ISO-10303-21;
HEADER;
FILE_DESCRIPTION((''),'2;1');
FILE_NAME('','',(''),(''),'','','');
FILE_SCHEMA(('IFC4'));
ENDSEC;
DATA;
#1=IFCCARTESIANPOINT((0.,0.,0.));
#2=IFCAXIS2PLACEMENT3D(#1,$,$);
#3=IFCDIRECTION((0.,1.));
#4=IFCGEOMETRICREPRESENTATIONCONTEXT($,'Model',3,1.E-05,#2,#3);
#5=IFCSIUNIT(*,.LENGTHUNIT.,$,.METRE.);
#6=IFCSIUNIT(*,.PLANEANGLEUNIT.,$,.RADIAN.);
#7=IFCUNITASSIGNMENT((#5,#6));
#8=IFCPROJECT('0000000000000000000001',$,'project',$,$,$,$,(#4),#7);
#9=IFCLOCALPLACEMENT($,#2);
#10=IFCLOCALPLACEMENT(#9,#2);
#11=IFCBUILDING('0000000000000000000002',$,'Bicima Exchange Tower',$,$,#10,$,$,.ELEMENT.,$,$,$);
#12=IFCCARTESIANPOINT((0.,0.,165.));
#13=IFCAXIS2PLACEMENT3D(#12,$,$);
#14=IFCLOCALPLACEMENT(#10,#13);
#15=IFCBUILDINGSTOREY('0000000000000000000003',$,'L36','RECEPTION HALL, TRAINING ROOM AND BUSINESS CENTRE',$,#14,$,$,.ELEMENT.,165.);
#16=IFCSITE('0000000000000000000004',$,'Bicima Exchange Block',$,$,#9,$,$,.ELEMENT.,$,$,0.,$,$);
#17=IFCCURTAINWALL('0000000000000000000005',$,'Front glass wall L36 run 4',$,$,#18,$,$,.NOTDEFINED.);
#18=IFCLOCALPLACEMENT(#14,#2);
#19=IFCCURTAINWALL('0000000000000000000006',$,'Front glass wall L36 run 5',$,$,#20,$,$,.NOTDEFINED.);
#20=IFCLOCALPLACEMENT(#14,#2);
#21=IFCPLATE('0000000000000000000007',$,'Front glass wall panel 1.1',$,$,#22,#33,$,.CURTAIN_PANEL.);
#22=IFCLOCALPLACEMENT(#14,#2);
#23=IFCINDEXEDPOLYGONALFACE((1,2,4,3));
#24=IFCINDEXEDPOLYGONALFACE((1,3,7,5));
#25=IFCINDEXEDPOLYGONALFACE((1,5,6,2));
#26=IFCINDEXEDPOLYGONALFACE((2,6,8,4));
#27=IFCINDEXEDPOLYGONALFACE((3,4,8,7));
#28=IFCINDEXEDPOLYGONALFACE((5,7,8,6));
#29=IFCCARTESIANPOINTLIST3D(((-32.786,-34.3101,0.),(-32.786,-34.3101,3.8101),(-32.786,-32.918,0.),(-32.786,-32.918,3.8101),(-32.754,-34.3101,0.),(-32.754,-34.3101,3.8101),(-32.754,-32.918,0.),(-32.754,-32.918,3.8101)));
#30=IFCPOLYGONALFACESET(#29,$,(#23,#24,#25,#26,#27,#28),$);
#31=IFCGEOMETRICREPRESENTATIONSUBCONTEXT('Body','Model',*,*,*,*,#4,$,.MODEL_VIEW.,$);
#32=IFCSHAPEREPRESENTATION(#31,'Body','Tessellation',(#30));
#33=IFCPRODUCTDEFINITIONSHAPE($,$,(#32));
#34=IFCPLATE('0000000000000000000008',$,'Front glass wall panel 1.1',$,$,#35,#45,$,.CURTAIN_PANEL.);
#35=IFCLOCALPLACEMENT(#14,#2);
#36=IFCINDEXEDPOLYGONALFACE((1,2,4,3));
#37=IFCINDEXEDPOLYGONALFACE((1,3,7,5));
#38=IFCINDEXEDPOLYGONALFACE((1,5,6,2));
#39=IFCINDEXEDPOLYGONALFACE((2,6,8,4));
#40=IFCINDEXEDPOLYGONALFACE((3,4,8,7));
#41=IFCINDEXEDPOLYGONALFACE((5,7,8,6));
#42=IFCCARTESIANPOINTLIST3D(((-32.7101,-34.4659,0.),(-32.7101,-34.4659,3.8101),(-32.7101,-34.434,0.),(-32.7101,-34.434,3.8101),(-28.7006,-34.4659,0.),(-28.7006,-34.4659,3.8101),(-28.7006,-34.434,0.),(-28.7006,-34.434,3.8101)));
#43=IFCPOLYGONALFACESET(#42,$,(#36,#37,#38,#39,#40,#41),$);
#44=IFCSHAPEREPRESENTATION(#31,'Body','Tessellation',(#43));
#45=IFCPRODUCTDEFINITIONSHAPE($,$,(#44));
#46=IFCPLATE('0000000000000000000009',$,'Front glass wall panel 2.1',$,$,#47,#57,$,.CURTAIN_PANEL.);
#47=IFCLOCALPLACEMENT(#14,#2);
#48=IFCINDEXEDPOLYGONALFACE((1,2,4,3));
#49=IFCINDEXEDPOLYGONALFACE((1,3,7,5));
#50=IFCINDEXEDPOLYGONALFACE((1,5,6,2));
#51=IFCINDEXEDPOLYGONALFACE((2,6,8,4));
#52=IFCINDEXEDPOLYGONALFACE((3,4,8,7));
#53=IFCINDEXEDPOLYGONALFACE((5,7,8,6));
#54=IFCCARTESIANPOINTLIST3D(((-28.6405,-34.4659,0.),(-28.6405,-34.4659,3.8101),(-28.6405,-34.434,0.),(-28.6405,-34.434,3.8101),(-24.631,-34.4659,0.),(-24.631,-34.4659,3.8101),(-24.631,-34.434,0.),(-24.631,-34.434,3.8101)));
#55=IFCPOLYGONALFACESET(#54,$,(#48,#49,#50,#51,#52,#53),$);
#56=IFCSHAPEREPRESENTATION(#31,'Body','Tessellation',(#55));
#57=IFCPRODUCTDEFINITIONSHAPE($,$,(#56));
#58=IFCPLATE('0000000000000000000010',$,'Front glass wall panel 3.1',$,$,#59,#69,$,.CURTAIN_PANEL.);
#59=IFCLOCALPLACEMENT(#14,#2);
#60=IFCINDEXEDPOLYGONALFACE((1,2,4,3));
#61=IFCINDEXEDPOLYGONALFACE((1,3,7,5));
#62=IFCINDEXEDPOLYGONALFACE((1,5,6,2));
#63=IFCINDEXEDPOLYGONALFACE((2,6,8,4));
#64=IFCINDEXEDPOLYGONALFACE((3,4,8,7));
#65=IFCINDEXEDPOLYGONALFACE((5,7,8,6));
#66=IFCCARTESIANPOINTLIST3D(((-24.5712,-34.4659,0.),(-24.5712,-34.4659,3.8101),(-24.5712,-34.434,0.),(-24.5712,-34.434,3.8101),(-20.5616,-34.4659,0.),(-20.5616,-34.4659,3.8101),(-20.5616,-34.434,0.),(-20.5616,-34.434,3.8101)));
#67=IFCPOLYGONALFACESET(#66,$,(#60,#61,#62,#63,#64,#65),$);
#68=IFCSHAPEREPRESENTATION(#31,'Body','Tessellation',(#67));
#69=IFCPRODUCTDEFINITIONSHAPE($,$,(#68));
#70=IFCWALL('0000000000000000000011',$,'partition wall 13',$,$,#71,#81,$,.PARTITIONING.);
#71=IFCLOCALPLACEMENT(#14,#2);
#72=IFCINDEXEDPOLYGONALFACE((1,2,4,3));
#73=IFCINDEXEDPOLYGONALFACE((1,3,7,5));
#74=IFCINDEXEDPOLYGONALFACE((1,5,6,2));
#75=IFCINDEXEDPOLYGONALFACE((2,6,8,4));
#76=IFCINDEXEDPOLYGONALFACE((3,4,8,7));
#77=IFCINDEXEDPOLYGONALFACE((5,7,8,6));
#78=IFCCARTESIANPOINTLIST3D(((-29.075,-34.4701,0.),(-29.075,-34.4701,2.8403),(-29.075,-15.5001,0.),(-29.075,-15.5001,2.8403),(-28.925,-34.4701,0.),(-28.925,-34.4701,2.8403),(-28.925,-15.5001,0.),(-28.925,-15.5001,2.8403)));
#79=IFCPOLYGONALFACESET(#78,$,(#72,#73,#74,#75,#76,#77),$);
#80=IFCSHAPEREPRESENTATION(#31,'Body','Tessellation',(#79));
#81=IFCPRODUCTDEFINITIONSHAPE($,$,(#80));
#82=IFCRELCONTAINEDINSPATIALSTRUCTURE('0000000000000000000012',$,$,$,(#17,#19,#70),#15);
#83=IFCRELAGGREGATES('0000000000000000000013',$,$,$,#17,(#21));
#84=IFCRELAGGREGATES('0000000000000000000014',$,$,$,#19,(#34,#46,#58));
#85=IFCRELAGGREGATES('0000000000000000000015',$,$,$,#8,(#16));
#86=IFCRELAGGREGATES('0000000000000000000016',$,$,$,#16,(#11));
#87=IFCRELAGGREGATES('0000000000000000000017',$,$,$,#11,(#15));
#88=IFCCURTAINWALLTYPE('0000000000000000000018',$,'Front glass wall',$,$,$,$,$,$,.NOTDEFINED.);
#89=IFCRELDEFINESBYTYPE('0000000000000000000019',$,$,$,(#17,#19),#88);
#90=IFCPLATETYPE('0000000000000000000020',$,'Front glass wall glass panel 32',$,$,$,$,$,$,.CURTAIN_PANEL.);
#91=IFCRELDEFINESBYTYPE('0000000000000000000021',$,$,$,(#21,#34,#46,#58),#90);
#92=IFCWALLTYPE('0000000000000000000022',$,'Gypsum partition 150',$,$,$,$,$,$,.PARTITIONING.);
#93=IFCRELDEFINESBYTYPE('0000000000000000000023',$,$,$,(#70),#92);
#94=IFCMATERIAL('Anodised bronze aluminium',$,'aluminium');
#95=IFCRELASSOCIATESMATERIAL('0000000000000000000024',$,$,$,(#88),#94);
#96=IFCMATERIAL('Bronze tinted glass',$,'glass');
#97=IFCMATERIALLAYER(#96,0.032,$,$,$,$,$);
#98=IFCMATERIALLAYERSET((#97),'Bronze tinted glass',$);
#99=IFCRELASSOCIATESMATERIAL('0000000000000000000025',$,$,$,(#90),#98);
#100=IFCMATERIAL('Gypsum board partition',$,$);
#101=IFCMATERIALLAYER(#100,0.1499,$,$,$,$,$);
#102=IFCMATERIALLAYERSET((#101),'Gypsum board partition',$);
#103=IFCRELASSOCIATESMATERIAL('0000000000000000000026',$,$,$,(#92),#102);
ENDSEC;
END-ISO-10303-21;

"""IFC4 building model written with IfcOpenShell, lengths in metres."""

from ifc_helpers import new_model, si_unit, direction, frame, frame_2d, origin, origin_2d, place, context, subcontext, project, spatial, rectangle, extrude, material, layer, layer_set, type_object, element, aggregate, save


model = new_model("IFC4")

# Units and contexts
model_context = context("Model", 3, precision=1e-05, world=origin(), true_north=direction((0.0, 1.0)))
body_context = subcontext(model_context, "Body", "Model", "MODEL_VIEW")
ifc_project = project(units=[si_unit("LENGTHUNIT", "METRE"), si_unit("PLANEANGLEUNIT", "RADIAN")], contexts=[model_context])

# Site, building, storey
site_placement = place(None, origin())
site = spatial("IfcSite", under=ifc_project, at=site_placement, Name="Bicima Exchange Block", CompositionType="ELEMENT", RefElevation=0.0)
building_placement = place(site_placement, origin())
building = spatial("IfcBuilding", under=site, at=building_placement, Name="Bicima Exchange Tower", CompositionType="ELEMENT")
storey_placement = place(building_placement, frame((0.0, 0.0, 165.0)))
storey = spatial("IfcBuildingStorey", under=building, at=storey_placement, Name="L36", Description="RECEPTION HALL, TRAINING ROOM AND BUSINESS CENTRE", CompositionType="ELEMENT", Elevation=165.0)

# Curtain walls
ifc_material_1 = material(Name="Anodised bronze aluminium", Category="aluminium")
curtain_wall_type = type_object("IfcCurtainWallType", Name="Front glass wall", PredefinedType="NOTDEFINED", material=ifc_material_1)
curtain_wall_1_placement = place(storey_placement, origin())
curtain_wall_1 = element("IfcCurtainWall", 1, at=curtain_wall_1_placement, inside=storey, type_object=curtain_wall_type, Name="Front glass wall L36 run 4", PredefinedType="NOTDEFINED")
curtain_wall_2_placement = place(storey_placement, origin())
curtain_wall_2 = element("IfcCurtainWall", 2, at=curtain_wall_2_placement, inside=storey, type_object=curtain_wall_type, Name="Front glass wall L36 run 5", PredefinedType="NOTDEFINED")

# Plates
ifc_material_2 = material(Name="Bronze tinted glass", Category="glass")
ifc_layer_1 = layer(ifc_material_2, 0.032)
ifc_layer_set_1 = layer_set([ifc_layer_1], Name="Bronze tinted glass")
plate_type = type_object("IfcPlateType", Name="Front glass wall glass panel 32", PredefinedType="CURTAIN_PANEL", material=ifc_layer_set_1)
plate_1_placement = place(storey_placement, frame((-32.77, -33.614, 0.0), z_axis=(0.0, 0.0, 1.0), x_axis=(0.0, -1.0, 0.0)))
plate_1 = element("IfcPlate", 3, at=plate_1_placement, type_object=plate_type, Name="Front glass wall panel 1.1", PredefinedType="CURTAIN_PANEL", context=body_context, shape_type="SweptSolid", body=[
    extrude(rectangle(XDim=1.3921, YDim=0.032, at=origin_2d()), origin(), (0.0, 0.0, 1.0), 3.8101),
])
aggregate(curtain_wall_1, [plate_1])
plate_2_placement = place(storey_placement, frame((-30.7053, -34.45, 0.0), z_axis=(0.0, 0.0, 1.0), x_axis=(1.0, 0.0, 0.0)))
plate_2 = element("IfcPlate", 4, at=plate_2_placement, type_object=plate_type, Name="Front glass wall panel 1.1", PredefinedType="CURTAIN_PANEL", context=body_context, shape_type="SweptSolid", body=[
    extrude(rectangle(XDim=4.0095, YDim=0.032, at=origin_2d()), origin(), (0.0, 0.0, 1.0), 3.8101),
])
plate_3_placement = place(storey_placement, frame((-26.6357, -34.45, 0.0), z_axis=(0.0, 0.0, 1.0), x_axis=(1.0, 0.0, 0.0)))
plate_3 = element("IfcPlate", 5, at=plate_3_placement, type_object=plate_type, Name="Front glass wall panel 2.1", PredefinedType="CURTAIN_PANEL", context=body_context, shape_type="SweptSolid", body=[
    extrude(rectangle(XDim=4.0095, YDim=0.032, at=origin_2d()), origin(), (0.0, 0.0, 1.0), 3.8101),
])
plate_4_placement = place(storey_placement, frame((-22.5664, -34.45, 0.0), z_axis=(0.0, 0.0, 1.0), x_axis=(1.0, 0.0, 0.0)))
plate_4 = element("IfcPlate", 6, at=plate_4_placement, type_object=plate_type, Name="Front glass wall panel 3.1", PredefinedType="CURTAIN_PANEL", context=body_context, shape_type="SweptSolid", body=[
    extrude(rectangle(XDim=4.0095, YDim=0.032, at=origin_2d()), origin(), (0.0, 0.0, 1.0), 3.8101),
])
aggregate(curtain_wall_2, [plate_2, plate_3, plate_4])

# Wall
ifc_material_3 = material(Name="Gypsum board partition")
ifc_layer_2 = layer(ifc_material_3, 0.1499)
ifc_layer_set_2 = layer_set([ifc_layer_2], Name="Gypsum board partition")
wall_type = type_object("IfcWallType", Name="Gypsum partition 150", PredefinedType="PARTITIONING", material=ifc_layer_set_2)
wall_placement = place(storey_placement, frame((-29.0, -34.47, 0.0), z_axis=(0.0, 0.0, 1.0), x_axis=(0.0, 1.0, 0.0)))
element("IfcWall", 7, at=wall_placement, inside=storey, type_object=wall_type, Name="partition wall 13", PredefinedType="PARTITIONING", context=body_context, shape_type="SweptSolid", body=[
    extrude(rectangle(XDim=18.97, YDim=0.1499, at=frame_2d((9.4849, 0.0))), origin(), (0.0, 0.0, 1.0), 2.8403),
])

save(model, "model.ifc")
